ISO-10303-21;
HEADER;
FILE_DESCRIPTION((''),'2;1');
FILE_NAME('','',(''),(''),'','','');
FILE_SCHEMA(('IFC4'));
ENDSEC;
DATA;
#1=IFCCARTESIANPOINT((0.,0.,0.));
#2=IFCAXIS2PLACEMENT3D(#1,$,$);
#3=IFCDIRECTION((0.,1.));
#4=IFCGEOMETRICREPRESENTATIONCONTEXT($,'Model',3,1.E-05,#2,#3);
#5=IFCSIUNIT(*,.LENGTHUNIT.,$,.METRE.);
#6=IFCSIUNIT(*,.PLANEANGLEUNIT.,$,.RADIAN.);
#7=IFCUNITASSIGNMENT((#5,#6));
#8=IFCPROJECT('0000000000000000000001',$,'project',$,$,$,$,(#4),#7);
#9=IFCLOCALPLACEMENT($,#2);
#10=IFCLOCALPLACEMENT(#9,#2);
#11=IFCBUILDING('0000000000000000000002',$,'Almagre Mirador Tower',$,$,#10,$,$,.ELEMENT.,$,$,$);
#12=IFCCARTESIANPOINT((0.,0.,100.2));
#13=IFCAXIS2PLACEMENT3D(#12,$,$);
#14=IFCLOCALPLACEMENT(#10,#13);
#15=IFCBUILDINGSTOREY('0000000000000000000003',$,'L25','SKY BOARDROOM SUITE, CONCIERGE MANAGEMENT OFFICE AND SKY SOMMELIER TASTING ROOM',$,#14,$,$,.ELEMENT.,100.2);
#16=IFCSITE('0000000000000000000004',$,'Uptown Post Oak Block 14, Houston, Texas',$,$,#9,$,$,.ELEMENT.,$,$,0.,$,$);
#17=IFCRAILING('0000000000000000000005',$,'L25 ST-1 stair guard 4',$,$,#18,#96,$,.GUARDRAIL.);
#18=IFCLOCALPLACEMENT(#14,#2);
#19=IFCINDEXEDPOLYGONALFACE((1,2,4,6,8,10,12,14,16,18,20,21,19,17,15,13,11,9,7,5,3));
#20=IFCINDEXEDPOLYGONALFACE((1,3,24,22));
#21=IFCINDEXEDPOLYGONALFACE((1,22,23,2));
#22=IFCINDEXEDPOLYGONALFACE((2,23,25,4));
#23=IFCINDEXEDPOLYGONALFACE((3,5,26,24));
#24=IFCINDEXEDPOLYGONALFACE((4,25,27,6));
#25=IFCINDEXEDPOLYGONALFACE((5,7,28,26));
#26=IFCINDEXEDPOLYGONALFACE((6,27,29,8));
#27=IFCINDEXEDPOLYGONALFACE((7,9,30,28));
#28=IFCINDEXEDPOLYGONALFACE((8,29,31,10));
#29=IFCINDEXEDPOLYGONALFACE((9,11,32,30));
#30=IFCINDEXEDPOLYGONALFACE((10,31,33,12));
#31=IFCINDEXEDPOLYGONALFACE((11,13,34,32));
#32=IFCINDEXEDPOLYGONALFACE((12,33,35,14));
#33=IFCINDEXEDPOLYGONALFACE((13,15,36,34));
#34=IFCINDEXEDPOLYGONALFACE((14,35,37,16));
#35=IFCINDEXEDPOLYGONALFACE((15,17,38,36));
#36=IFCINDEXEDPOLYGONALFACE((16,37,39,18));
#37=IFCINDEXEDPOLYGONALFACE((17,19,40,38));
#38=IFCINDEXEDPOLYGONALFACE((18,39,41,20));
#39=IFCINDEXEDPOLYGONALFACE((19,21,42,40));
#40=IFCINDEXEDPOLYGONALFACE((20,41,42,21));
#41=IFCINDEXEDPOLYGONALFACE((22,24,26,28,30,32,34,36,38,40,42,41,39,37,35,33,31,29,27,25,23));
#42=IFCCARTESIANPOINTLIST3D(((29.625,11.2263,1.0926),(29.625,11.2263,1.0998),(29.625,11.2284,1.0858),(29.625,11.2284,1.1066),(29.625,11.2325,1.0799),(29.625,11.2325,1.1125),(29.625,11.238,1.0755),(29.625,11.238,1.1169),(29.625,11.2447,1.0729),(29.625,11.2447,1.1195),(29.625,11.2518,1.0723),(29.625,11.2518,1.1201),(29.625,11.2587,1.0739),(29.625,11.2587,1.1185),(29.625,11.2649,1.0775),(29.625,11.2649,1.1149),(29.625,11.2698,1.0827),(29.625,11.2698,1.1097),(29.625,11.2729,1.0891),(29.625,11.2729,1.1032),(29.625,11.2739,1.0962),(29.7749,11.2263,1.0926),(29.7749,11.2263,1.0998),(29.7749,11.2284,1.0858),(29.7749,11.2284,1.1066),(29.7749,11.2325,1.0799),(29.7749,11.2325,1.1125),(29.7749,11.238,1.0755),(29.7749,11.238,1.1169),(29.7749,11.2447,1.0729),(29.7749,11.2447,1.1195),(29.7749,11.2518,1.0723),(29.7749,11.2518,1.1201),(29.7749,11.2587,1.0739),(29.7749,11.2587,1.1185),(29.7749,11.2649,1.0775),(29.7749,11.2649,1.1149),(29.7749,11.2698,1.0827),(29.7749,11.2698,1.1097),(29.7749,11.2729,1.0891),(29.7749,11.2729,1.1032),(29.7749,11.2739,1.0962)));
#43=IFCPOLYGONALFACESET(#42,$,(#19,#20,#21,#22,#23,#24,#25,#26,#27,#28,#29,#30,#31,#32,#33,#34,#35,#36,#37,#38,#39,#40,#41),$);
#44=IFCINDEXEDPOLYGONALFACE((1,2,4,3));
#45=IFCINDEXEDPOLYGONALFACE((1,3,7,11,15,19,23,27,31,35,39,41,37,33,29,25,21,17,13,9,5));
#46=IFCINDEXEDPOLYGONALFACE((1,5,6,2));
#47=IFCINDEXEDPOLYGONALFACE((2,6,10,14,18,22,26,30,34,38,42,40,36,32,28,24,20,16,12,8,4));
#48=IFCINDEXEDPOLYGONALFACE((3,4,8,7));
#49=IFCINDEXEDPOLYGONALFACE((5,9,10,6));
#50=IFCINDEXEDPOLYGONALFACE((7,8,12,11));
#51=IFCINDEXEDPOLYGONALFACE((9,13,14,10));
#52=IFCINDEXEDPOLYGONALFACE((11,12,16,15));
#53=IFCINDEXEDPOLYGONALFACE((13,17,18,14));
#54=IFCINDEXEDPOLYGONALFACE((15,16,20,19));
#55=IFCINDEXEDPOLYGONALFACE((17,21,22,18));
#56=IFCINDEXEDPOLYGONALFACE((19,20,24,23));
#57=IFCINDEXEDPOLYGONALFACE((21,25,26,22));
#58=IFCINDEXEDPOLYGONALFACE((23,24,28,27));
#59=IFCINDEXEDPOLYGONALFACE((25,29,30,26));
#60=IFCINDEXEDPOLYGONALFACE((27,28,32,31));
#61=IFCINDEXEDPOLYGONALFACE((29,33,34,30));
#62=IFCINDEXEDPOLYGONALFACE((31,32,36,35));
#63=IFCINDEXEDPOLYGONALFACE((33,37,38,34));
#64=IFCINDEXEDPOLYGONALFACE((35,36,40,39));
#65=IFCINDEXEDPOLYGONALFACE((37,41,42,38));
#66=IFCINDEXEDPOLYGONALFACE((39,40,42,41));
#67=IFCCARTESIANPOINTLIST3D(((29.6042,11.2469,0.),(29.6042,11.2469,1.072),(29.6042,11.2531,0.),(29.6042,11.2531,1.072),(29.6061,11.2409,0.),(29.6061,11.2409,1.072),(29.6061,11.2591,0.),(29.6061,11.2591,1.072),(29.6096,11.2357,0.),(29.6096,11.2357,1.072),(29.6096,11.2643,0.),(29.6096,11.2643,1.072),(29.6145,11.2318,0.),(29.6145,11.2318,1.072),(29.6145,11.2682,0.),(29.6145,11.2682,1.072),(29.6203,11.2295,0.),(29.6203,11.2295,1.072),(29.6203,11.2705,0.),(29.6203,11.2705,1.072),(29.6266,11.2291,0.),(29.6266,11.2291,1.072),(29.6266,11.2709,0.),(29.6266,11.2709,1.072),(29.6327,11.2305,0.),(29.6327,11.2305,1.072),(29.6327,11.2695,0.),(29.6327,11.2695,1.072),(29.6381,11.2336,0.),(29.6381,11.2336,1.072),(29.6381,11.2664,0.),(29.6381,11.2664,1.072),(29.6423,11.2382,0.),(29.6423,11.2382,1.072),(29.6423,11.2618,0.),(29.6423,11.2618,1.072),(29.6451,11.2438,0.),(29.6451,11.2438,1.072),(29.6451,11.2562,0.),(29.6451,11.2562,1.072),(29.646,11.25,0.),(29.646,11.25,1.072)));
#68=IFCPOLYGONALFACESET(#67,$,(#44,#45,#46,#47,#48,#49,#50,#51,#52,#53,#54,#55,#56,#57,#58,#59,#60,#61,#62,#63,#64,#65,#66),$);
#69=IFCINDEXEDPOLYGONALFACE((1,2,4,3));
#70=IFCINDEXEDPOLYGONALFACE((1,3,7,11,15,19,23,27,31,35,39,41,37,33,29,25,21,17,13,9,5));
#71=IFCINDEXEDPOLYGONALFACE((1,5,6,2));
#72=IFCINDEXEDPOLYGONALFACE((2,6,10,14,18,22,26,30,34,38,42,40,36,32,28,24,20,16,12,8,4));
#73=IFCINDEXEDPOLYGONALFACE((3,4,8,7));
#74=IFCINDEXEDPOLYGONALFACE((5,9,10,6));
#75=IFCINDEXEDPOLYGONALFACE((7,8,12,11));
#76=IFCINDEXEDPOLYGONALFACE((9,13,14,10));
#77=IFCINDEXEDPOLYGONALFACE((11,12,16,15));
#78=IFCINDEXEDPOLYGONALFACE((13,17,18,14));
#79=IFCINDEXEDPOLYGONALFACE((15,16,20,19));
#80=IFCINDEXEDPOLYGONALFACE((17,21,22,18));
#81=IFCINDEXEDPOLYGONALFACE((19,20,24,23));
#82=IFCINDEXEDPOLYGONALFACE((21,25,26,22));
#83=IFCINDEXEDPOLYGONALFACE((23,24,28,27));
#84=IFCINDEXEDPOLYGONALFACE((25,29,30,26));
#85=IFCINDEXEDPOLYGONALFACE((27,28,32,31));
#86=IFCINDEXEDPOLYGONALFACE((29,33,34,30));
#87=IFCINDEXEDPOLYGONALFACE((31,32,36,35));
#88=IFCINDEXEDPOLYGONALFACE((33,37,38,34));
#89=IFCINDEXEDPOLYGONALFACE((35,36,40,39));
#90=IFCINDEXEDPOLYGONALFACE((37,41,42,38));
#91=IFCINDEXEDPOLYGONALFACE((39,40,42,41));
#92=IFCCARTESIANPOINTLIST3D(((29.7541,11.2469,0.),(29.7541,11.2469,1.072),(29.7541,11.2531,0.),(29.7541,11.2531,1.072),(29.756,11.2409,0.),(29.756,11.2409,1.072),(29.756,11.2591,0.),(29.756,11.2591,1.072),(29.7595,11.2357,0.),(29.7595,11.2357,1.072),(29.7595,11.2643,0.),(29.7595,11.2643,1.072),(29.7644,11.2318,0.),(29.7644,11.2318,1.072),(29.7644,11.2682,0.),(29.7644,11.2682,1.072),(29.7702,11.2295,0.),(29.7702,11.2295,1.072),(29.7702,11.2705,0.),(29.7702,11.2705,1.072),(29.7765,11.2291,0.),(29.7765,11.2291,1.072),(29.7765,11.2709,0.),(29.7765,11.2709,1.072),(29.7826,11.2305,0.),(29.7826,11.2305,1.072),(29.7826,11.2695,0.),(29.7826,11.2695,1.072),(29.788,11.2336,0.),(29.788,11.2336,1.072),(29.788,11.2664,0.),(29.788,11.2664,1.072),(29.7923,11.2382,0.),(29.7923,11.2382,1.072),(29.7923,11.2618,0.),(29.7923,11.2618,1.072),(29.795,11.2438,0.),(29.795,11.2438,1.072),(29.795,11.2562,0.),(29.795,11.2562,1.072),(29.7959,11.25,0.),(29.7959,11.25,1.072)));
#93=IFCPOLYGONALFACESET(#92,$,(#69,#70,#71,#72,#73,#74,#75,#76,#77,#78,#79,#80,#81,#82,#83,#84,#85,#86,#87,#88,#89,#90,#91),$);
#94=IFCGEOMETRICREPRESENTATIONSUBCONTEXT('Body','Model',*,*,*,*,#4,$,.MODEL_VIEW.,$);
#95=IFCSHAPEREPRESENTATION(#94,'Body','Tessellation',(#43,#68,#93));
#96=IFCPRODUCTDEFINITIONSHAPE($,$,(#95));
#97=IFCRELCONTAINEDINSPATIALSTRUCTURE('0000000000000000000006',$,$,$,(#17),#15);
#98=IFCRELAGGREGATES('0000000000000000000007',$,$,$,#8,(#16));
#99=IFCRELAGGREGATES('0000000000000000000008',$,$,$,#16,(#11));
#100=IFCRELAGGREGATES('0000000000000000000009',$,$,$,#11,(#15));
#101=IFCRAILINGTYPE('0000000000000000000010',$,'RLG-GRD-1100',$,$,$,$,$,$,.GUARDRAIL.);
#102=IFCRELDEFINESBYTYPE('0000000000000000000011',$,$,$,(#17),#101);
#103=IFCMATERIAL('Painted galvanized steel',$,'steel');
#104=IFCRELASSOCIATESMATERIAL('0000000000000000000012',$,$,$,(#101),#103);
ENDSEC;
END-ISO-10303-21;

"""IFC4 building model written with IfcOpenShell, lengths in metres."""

from ifc_helpers import new_model, si_unit, direction, frame, origin, origin_2d, place, context, subcontext, project, spatial, circle, extrude, material, type_object, element, save


model = new_model("IFC4")

# Units and contexts
model_context = context("Model", 3, precision=1e-05, world=origin(), true_north=direction((0.0, 1.0)))
body_context = subcontext(model_context, "Body", "Model", "MODEL_VIEW")
ifc_project = project(units=[si_unit("LENGTHUNIT", "METRE"), si_unit("PLANEANGLEUNIT", "RADIAN")], contexts=[model_context])

# Site, building, storey
site_placement = place(None, origin())
site = spatial("IfcSite", under=ifc_project, at=site_placement, Name="Uptown Post Oak Block 14, Houston, Texas", CompositionType="ELEMENT", RefElevation=0.0)
building_placement = place(site_placement, origin())
building = spatial("IfcBuilding", under=site, at=building_placement, Name="Almagre Mirador Tower", CompositionType="ELEMENT")
storey_placement = place(building_placement, frame((0.0, 0.0, 100.2)))
storey = spatial("IfcBuildingStorey", under=building, at=storey_placement, Name="L25", Description="SKY BOARDROOM SUITE, CONCIERGE MANAGEMENT OFFICE AND SKY SOMMELIER TASTING ROOM", CompositionType="ELEMENT", Elevation=100.2)

# Railing
ifc_material_1 = material(Name="Painted galvanized steel", Category="steel")
railing_type_1 = type_object("IfcRailingType", Name="RLG-GRD-1100", PredefinedType="GUARDRAIL", material=ifc_material_1)
railing_1_placement = place(storey_placement, frame((29.625, 11.25, 0.0)))
element("IfcRailing", 1, at=railing_1_placement, inside=storey, type_object=railing_type_1, Name="L25 ST-1 stair guard 4", PredefinedType="GUARDRAIL", context=body_context, shape_type="SweptSolid", body=[
    extrude(circle(Radius=0.0239, at=origin_2d()), frame((0.0, 0.0, 1.0962), z_axis=(1.0, 0.0, 0.0), x_axis=(0.0, 1.0, 0.0)), (0.0, 0.0, 1.0), 0.1499),
    extrude(circle(Radius=0.021, at=origin_2d()), origin(), (0.0, 0.0, 1.0), 1.072),
    extrude(circle(Radius=0.021, at=origin_2d()), frame((0.1499, 0.0, 0.0)), (0.0, 0.0, 1.0), 1.072),
])

save(model, "model.ifc")
